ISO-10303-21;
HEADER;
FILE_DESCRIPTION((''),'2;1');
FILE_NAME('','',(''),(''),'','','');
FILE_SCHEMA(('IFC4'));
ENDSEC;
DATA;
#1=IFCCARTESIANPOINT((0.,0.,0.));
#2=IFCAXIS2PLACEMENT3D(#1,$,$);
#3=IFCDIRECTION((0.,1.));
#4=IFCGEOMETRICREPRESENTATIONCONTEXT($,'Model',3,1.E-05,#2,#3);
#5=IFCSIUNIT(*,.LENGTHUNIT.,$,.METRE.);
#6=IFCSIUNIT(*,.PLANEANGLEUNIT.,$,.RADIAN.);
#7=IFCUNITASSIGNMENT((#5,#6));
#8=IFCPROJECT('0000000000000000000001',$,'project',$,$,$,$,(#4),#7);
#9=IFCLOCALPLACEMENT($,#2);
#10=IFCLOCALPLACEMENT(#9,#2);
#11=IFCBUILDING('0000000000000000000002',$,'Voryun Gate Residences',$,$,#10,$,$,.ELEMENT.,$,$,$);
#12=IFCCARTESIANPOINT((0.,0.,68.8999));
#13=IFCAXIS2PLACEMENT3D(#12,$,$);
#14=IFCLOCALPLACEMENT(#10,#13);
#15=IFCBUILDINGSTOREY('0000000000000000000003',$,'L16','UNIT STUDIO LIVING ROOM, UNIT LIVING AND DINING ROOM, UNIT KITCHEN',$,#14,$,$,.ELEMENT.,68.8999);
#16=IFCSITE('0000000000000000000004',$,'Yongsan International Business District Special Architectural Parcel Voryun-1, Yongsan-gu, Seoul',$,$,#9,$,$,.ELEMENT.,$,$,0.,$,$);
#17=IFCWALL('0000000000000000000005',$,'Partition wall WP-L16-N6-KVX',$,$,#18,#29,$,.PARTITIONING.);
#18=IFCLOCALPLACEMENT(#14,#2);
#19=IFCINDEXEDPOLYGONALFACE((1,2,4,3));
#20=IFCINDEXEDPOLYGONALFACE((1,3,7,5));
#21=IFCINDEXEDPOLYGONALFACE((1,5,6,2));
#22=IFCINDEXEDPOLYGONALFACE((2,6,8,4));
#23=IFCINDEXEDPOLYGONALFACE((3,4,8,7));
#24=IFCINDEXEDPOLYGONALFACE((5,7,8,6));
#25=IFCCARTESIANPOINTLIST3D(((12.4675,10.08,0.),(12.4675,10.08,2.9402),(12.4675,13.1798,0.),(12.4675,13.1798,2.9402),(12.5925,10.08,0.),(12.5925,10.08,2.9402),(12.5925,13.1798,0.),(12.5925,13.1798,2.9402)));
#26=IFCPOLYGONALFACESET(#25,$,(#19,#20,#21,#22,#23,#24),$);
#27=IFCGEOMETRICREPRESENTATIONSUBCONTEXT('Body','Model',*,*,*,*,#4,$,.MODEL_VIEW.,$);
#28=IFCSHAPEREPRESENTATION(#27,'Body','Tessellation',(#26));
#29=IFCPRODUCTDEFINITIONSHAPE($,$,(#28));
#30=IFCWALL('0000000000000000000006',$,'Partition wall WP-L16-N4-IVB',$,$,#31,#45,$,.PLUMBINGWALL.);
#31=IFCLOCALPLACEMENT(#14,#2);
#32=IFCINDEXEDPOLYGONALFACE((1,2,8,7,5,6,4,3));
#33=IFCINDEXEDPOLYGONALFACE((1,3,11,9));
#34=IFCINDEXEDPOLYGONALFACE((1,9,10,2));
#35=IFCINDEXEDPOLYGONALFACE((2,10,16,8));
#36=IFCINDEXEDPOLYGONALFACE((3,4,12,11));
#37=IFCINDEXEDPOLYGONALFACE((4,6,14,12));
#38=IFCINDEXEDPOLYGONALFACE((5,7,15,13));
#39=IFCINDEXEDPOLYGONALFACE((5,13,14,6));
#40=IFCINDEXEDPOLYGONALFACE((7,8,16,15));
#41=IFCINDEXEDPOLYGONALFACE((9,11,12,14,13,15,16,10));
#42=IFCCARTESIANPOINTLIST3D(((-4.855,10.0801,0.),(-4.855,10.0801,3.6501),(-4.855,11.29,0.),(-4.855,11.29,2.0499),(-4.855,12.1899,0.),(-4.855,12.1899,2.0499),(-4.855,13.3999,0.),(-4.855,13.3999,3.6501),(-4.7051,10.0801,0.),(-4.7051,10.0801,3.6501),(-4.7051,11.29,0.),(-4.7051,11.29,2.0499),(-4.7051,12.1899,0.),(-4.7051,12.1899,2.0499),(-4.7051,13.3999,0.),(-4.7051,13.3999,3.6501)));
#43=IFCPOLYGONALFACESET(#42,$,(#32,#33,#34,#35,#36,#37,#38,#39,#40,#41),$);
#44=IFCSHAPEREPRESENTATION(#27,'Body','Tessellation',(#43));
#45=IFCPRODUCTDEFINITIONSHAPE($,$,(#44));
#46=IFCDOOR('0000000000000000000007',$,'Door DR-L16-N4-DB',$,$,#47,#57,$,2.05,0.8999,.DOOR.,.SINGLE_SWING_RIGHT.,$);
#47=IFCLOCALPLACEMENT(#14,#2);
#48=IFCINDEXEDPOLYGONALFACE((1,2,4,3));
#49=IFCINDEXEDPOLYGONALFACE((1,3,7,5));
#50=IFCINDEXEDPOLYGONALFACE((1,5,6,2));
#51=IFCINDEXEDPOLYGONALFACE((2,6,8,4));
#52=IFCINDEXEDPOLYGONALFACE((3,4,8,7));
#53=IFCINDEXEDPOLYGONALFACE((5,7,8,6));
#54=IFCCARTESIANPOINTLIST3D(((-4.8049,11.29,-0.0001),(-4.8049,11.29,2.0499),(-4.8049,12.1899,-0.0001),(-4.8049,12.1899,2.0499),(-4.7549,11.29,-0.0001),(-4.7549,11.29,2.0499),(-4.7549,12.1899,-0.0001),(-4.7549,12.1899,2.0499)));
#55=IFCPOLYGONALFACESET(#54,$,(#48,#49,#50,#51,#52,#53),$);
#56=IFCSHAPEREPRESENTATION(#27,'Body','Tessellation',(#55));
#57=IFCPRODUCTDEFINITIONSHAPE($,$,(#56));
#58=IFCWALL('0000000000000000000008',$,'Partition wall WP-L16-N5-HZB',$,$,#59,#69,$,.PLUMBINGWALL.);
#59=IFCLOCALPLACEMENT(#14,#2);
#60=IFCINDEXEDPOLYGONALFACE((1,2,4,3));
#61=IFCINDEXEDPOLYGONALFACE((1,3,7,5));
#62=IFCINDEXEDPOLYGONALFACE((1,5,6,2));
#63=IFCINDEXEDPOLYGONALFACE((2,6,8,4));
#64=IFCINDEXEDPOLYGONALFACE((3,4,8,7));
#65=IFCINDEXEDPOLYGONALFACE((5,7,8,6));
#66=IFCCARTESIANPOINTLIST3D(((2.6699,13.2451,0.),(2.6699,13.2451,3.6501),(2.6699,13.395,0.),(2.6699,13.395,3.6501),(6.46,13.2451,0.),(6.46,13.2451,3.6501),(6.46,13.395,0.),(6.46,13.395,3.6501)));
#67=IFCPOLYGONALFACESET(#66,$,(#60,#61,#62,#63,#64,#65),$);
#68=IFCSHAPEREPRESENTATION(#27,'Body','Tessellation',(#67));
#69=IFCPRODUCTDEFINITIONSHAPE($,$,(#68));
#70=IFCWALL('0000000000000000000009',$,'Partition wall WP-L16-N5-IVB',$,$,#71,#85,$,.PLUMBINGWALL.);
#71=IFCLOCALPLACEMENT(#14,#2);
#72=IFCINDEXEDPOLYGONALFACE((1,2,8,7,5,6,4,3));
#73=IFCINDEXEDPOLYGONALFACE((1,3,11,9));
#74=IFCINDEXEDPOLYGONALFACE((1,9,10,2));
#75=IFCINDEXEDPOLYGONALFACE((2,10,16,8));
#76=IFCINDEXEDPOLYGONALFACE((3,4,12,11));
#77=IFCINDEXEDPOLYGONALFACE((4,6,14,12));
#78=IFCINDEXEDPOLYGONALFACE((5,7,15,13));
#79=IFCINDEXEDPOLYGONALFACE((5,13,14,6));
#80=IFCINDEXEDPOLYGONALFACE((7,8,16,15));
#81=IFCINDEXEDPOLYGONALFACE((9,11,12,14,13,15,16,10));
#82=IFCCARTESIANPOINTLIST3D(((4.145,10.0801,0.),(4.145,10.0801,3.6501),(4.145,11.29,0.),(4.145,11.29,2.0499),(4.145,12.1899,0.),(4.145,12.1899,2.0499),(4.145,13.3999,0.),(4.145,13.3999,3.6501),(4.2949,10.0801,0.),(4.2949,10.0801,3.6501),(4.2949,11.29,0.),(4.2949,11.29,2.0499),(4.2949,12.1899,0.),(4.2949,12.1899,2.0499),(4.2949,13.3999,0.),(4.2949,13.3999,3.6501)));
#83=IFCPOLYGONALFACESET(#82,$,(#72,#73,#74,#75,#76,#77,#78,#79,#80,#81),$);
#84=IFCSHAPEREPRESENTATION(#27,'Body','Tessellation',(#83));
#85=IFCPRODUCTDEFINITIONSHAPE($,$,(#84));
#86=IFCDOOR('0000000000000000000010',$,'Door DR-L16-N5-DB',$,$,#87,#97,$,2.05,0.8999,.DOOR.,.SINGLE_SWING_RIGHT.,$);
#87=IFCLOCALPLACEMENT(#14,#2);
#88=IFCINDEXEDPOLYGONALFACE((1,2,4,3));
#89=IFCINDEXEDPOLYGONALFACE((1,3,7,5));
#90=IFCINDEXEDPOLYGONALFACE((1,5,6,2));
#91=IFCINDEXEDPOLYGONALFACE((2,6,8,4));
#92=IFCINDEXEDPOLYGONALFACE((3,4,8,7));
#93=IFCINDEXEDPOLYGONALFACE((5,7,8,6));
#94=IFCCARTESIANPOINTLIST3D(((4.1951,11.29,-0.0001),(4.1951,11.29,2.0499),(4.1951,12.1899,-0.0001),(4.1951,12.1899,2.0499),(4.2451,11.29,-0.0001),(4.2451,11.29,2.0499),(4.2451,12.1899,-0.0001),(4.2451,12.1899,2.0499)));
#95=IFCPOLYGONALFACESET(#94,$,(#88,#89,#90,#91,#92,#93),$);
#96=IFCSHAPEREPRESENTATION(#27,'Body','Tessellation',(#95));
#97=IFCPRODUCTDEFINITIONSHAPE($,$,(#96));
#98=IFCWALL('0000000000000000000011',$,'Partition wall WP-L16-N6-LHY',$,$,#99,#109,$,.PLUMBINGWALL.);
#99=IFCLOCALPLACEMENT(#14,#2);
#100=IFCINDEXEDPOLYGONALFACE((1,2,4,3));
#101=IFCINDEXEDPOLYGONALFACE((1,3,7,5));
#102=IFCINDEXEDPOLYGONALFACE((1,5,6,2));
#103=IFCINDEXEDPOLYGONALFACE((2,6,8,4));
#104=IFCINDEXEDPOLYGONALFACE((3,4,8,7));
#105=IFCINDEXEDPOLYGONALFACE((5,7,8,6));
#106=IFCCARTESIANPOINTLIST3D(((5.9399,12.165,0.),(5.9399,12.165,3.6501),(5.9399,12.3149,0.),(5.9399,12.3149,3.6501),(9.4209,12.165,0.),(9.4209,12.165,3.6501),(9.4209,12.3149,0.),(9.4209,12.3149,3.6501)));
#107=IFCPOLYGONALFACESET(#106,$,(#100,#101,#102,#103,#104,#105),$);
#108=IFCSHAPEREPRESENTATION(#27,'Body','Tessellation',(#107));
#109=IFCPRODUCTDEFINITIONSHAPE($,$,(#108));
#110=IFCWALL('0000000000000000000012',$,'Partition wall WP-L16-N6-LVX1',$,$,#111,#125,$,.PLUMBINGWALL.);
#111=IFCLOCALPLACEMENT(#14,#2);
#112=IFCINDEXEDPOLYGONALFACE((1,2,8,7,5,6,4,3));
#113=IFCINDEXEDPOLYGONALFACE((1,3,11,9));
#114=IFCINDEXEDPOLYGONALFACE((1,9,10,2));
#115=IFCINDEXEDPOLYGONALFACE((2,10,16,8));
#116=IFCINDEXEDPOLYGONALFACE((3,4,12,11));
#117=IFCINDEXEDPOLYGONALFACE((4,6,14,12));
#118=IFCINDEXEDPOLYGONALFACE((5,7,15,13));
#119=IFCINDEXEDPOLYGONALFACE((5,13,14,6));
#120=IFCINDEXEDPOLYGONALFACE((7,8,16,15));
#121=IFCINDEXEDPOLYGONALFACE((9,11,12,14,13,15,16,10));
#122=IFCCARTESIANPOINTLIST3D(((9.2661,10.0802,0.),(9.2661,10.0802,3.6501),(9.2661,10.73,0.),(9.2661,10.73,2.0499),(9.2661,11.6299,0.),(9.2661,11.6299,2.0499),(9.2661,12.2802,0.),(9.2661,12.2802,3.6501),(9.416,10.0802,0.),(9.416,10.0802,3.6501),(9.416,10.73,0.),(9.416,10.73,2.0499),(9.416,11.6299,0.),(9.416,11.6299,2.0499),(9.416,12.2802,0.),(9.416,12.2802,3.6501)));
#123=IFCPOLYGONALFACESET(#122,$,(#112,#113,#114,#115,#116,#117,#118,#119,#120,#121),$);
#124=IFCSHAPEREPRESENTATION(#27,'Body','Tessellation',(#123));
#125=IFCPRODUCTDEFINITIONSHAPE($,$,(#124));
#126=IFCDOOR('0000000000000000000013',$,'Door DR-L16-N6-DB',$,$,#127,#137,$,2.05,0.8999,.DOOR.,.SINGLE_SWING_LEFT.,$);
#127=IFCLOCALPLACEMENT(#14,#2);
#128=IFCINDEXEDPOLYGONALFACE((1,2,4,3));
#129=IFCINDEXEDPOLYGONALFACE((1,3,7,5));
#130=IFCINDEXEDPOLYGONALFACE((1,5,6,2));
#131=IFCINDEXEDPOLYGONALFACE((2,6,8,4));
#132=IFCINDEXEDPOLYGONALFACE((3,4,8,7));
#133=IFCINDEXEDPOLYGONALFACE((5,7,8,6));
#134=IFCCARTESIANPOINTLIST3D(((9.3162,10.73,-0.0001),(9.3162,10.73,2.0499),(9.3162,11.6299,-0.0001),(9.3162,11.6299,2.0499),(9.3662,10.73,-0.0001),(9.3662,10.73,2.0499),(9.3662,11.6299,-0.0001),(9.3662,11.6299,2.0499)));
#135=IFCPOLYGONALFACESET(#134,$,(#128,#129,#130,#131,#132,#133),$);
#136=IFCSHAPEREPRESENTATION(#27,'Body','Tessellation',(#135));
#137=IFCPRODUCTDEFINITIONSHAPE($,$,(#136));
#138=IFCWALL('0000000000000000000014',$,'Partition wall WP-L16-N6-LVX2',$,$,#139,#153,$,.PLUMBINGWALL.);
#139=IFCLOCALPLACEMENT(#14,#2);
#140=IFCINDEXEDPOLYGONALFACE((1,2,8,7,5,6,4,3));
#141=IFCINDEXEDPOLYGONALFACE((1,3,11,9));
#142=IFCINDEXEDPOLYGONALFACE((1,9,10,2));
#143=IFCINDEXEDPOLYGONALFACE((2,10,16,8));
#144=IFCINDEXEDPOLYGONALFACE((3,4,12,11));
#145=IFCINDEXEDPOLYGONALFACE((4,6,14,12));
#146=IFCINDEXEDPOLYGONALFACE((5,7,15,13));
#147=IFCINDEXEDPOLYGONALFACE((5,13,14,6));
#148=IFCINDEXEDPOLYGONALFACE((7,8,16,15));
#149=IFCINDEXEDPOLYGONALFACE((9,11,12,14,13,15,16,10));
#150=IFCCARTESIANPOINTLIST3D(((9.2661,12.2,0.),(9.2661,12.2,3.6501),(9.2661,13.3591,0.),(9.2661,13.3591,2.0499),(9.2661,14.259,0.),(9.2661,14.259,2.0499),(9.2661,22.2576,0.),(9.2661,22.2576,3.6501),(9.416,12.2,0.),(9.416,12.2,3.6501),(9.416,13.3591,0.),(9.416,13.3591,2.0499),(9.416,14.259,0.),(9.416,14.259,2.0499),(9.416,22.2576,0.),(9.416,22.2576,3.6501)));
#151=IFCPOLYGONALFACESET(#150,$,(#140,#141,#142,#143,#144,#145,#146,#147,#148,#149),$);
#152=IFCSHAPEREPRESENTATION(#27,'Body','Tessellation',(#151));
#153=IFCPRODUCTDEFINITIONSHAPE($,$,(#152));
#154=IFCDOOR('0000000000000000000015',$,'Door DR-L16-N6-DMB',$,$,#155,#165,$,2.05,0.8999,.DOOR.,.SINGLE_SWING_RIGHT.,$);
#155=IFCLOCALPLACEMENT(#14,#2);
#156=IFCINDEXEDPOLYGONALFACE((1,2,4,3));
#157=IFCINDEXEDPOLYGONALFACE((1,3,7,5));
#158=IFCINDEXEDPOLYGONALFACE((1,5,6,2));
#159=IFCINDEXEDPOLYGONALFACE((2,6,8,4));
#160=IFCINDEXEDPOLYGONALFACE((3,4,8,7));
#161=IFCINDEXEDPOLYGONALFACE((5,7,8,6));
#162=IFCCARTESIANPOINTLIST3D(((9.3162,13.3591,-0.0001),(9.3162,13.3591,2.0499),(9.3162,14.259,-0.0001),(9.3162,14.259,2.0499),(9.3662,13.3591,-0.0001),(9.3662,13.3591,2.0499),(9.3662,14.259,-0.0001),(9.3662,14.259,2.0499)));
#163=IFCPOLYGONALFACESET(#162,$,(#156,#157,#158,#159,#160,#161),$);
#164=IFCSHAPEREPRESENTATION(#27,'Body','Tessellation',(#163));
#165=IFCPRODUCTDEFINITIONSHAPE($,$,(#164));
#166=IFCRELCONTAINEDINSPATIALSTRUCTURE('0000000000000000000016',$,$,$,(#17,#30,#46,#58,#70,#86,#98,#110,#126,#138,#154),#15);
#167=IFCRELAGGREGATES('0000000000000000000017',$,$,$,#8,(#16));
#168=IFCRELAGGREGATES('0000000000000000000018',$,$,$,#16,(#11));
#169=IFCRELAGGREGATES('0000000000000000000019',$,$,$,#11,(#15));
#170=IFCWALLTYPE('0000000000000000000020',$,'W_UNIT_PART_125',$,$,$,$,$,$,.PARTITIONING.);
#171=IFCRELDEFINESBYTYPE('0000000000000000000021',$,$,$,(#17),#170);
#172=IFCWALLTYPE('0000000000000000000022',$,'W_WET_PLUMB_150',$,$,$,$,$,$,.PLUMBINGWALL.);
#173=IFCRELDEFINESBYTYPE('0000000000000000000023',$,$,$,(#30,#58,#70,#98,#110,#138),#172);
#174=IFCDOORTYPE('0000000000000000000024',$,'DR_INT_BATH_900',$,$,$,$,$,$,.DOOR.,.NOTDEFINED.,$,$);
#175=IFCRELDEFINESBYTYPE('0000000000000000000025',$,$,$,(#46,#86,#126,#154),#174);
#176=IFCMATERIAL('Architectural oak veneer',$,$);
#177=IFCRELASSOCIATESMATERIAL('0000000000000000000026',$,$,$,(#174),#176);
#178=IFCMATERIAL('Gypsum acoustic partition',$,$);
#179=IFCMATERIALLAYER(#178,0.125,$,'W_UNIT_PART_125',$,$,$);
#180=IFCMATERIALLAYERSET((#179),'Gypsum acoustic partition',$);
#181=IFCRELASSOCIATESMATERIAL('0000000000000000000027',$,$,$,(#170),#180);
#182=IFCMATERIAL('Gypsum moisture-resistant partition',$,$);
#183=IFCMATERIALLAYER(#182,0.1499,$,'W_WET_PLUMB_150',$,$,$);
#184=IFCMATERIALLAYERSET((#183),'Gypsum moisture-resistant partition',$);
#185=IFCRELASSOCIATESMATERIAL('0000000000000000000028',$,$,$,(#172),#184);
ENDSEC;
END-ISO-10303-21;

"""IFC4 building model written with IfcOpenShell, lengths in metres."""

from ifc_helpers import new_model, si_unit, direction, frame, frame_2d, origin, place, context, subcontext, project, spatial, rectangle, extrude, material, layer, layer_set, type_object, element, fill, save


model = new_model("IFC4")

# Units and contexts
model_context = context("Model", 3, precision=1e-05, world=origin(), true_north=direction((0.0, 1.0)))
body_context = subcontext(model_context, "Body", "Model", "MODEL_VIEW")
ifc_project = project(units=[si_unit("LENGTHUNIT", "METRE"), si_unit("PLANEANGLEUNIT", "RADIAN")], contexts=[model_context])

# Site, building, storey
site_placement = place(None, origin())
site = spatial("IfcSite", under=ifc_project, at=site_placement, Name="Yongsan International Business District Special Architectural Parcel Voryun-1, Yongsan-gu, Seoul", CompositionType="ELEMENT", RefElevation=0.0)
building_placement = place(site_placement, origin())
building = spatial("IfcBuilding", under=site, at=building_placement, Name="Voryun Gate Residences", CompositionType="ELEMENT")
storey_placement = place(building_placement, frame((0.0, 0.0, 68.8999)))
storey = spatial("IfcBuildingStorey", under=building, at=storey_placement, Name="L16", Description="UNIT STUDIO LIVING ROOM, UNIT LIVING AND DINING ROOM, UNIT KITCHEN", CompositionType="ELEMENT", Elevation=68.8999)

# Shared definitions
ifc_material_1 = material(Name="Architectural oak veneer")
door_type_1 = type_object("IfcDoorType", Name="DR_INT_BATH_900", OperationType="NOTDEFINED", PredefinedType="DOOR", material=ifc_material_1)

# Shared definitions
ifc_material_2 = material(Name="Gypsum acoustic partition")
ifc_layer_1 = layer(ifc_material_2, 0.125, Name="W_UNIT_PART_125")
ifc_layer_set_1 = layer_set([ifc_layer_1], Name="Gypsum acoustic partition")
wall_type_1 = type_object("IfcWallType", Name="W_UNIT_PART_125", PredefinedType="PARTITIONING", material=ifc_layer_set_1)

# Wall
wall_1_placement = place(storey_placement, frame((12.53, 10.0801, 0.0), z_axis=(0.0, 0.0, 1.0), x_axis=(0.0, 1.0, 0.0)))
element("IfcWall", 1, at=wall_1_placement, inside=storey, type_object=wall_type_1, Name="Partition wall WP-L16-N6-KVX", PredefinedType="PARTITIONING", context=body_context, shape_type="SweptSolid", body=[
    extrude(rectangle(XDim=3.0999, YDim=0.125, at=frame_2d((1.5498, 0.0))), origin(), (0.0, 0.0, 1.0), 2.9402),
])

# Wall, opening, door
ifc_material_3 = material(Name="Gypsum moisture-resistant partition")
ifc_layer_2 = layer(ifc_material_3, 0.1499, Name="W_WET_PLUMB_150")
ifc_layer_set_2 = layer_set([ifc_layer_2], Name="Gypsum moisture-resistant partition")
wall_type_2 = type_object("IfcWallType", Name="W_WET_PLUMB_150", PredefinedType="PLUMBINGWALL", material=ifc_layer_set_2)
wall_2_placement = place(storey_placement, frame((-4.78, 10.0801, 0.0), z_axis=(0.0, 0.0, 1.0), x_axis=(0.0, 1.0, 0.0)))
wall_2 = element("IfcWall", 2, at=wall_2_placement, inside=storey, type_object=wall_type_2, Name="Partition wall WP-L16-N4-IVB", PredefinedType="PLUMBINGWALL", context=body_context, shape_type="SweptSolid", body=[
    extrude(rectangle(XDim=3.3198, YDim=0.1499, at=frame_2d((1.6599, 0.0))), origin(), (0.0, 0.0, 1.0), 3.6501),
])
opening_1_placement = place(wall_2_placement, frame((1.21, 0.0, 0.0)))
opening_1 = element("IfcOpeningElement", 3, at=opening_1_placement, cuts=wall_2, PredefinedType="OPENING", context=body_context, shape_type="SweptSolid", body=[
    extrude(rectangle(XDim=0.8999, YDim=2.05, at=frame_2d((0.45, 1.0249))), frame((0.0, 0.085, 0.0), z_axis=(0.0, -1.0, 0.0), x_axis=(1.0, 0.0, 0.0)), (0.0, 0.0, 1.0), 0.1699),
])
door_1_placement = place(opening_1_placement, origin())
door_1 = element("IfcDoor", 4, at=door_1_placement, inside=storey, type_object=door_type_1, Name="Door DR-L16-N4-DB", OperationType="SINGLE_SWING_RIGHT", OverallHeight=2.05, OverallWidth=0.8999, PredefinedType="DOOR", context=body_context, shape_type="SweptSolid", body=[
    extrude(rectangle(XDim=0.8999, YDim=2.05, at=frame_2d((0.45, 1.0249))), frame((0.0, 0.0249, 0.0), z_axis=(0.0, -1.0, 0.0), x_axis=(1.0, 0.0, 0.0)), (0.0, 0.0, 1.0), 0.05),
])
fill(opening_1, door_1)

# Wall
wall_3_placement = place(storey_placement, frame((2.6699, 13.3201, 0.0), z_axis=(0.0, 0.0, 1.0), x_axis=(1.0, 0.0, 0.0)))
element("IfcWall", 5, at=wall_3_placement, inside=storey, type_object=wall_type_2, Name="Partition wall WP-L16-N5-HZB", PredefinedType="PLUMBINGWALL", context=body_context, shape_type="SweptSolid", body=[
    extrude(rectangle(XDim=3.79, YDim=0.1499, at=frame_2d((1.895, 0.0))), origin(), (0.0, 0.0, 1.0), 3.6501),
])

# Wall, opening, door
wall_4_placement = place(storey_placement, frame((4.22, 10.0801, 0.0), z_axis=(0.0, 0.0, 1.0), x_axis=(0.0, 1.0, 0.0)))
wall_4 = element("IfcWall", 6, at=wall_4_placement, inside=storey, type_object=wall_type_2, Name="Partition wall WP-L16-N5-IVB", PredefinedType="PLUMBINGWALL", context=body_context, shape_type="SweptSolid", body=[
    extrude(rectangle(XDim=3.3198, YDim=0.1499, at=frame_2d((1.6599, 0.0))), origin(), (0.0, 0.0, 1.0), 3.6501),
])
opening_2_placement = place(wall_4_placement, frame((1.21, 0.0, 0.0)))
opening_2 = element("IfcOpeningElement", 7, at=opening_2_placement, cuts=wall_4, PredefinedType="OPENING", context=body_context, shape_type="SweptSolid", body=[
    extrude(rectangle(XDim=0.8999, YDim=2.05, at=frame_2d((0.45, 1.0249))), frame((0.0, 0.085, 0.0), z_axis=(0.0, -1.0, 0.0), x_axis=(1.0, 0.0, 0.0)), (0.0, 0.0, 1.0), 0.1699),
])
door_2_placement = place(opening_2_placement, origin())
door_2 = element("IfcDoor", 8, at=door_2_placement, inside=storey, type_object=door_type_1, Name="Door DR-L16-N5-DB", OperationType="SINGLE_SWING_RIGHT", OverallHeight=2.05, OverallWidth=0.8999, PredefinedType="DOOR", context=body_context, shape_type="SweptSolid", body=[
    extrude(rectangle(XDim=0.8999, YDim=2.05, at=frame_2d((0.45, 1.0249))), frame((0.0, 0.0249, 0.0), z_axis=(0.0, -1.0, 0.0), x_axis=(1.0, 0.0, 0.0)), (0.0, 0.0, 1.0), 0.05),
])
fill(opening_2, door_2)

# Wall
wall_5_placement = place(storey_placement, frame((5.9399, 12.24, 0.0), z_axis=(0.0, 0.0, 1.0), x_axis=(1.0, 0.0, 0.0)))
element("IfcWall", 9, at=wall_5_placement, inside=storey, type_object=wall_type_2, Name="Partition wall WP-L16-N6-LHY", PredefinedType="PLUMBINGWALL", context=body_context, shape_type="SweptSolid", body=[
    extrude(rectangle(XDim=3.481, YDim=0.1499, at=frame_2d((1.7405, 0.0))), origin(), (0.0, 0.0, 1.0), 3.6501),
])

# Walls, openings, doors
wall_6_placement = place(storey_placement, frame((9.3411, 10.0801, 0.0), z_axis=(0.0, 0.0, 1.0), x_axis=(0.0, 1.0, 0.0)))
wall_6 = element("IfcWall", 10, at=wall_6_placement, inside=storey, type_object=wall_type_2, Name="Partition wall WP-L16-N6-LVX1", PredefinedType="PLUMBINGWALL", context=body_context, shape_type="SweptSolid", body=[
    extrude(rectangle(XDim=2.2, YDim=0.1499, at=frame_2d((1.1001, 0.0))), origin(), (0.0, 0.0, 1.0), 3.6501),
])
opening_3_placement = place(wall_6_placement, frame((0.6499, 0.0, 0.0)))
opening_3 = element("IfcOpeningElement", 11, at=opening_3_placement, cuts=wall_6, PredefinedType="OPENING", context=body_context, shape_type="SweptSolid", body=[
    extrude(rectangle(XDim=0.8999, YDim=2.05, at=frame_2d((0.45, 1.0249))), frame((0.0, 0.085, 0.0), z_axis=(0.0, -1.0, 0.0), x_axis=(1.0, 0.0, 0.0)), (0.0, 0.0, 1.0), 0.1699),
])
door_3_placement = place(opening_3_placement, origin())
door_3 = element("IfcDoor", 12, at=door_3_placement, inside=storey, type_object=door_type_1, Name="Door DR-L16-N6-DB", OperationType="SINGLE_SWING_LEFT", OverallHeight=2.05, OverallWidth=0.8999, PredefinedType="DOOR", context=body_context, shape_type="SweptSolid", body=[
    extrude(rectangle(XDim=0.8999, YDim=2.05, at=frame_2d((0.45, 1.0249))), frame((0.0, 0.0249, 0.0), z_axis=(0.0, -1.0, 0.0), x_axis=(1.0, 0.0, 0.0)), (0.0, 0.0, 1.0), 0.05),
])
fill(opening_3, door_3)
wall_7_placement = place(storey_placement, frame((9.3411, 12.2, 0.0), z_axis=(0.0, 0.0, 1.0), x_axis=(0.0, 1.0, 0.0)))
wall_7 = element("IfcWall", 13, at=wall_7_placement, inside=storey, type_object=wall_type_2, Name="Partition wall WP-L16-N6-LVX2", PredefinedType="PLUMBINGWALL", context=body_context, shape_type="SweptSolid", body=[
    extrude(rectangle(XDim=10.0576, YDim=0.1499, at=frame_2d((5.0288, 0.0))), origin(), (0.0, 0.0, 1.0), 3.6501),
])
opening_4_placement = place(wall_7_placement, frame((1.1592, 0.0, 0.0)))
opening_4 = element("IfcOpeningElement", 14, at=opening_4_placement, cuts=wall_7, PredefinedType="OPENING", context=body_context, shape_type="SweptSolid", body=[
    extrude(rectangle(XDim=0.8999, YDim=2.05, at=frame_2d((0.45, 1.0249))), frame((0.0, 0.085, 0.0), z_axis=(0.0, -1.0, 0.0), x_axis=(1.0, 0.0, 0.0)), (0.0, 0.0, 1.0), 0.1699),
])
door_4_placement = place(opening_4_placement, origin())
door_4 = element("IfcDoor", 15, at=door_4_placement, inside=storey, type_object=door_type_1, Name="Door DR-L16-N6-DMB", OperationType="SINGLE_SWING_RIGHT", OverallHeight=2.05, OverallWidth=0.8999, PredefinedType="DOOR", context=body_context, shape_type="SweptSolid", body=[
    extrude(rectangle(XDim=0.8999, YDim=2.05, at=frame_2d((0.45, 1.0249))), frame((0.0, 0.0249, 0.0), z_axis=(0.0, -1.0, 0.0), x_axis=(1.0, 0.0, 0.0)), (0.0, 0.0, 1.0), 0.05),
])
fill(opening_4, door_4)

save(model, "model.ifc")
